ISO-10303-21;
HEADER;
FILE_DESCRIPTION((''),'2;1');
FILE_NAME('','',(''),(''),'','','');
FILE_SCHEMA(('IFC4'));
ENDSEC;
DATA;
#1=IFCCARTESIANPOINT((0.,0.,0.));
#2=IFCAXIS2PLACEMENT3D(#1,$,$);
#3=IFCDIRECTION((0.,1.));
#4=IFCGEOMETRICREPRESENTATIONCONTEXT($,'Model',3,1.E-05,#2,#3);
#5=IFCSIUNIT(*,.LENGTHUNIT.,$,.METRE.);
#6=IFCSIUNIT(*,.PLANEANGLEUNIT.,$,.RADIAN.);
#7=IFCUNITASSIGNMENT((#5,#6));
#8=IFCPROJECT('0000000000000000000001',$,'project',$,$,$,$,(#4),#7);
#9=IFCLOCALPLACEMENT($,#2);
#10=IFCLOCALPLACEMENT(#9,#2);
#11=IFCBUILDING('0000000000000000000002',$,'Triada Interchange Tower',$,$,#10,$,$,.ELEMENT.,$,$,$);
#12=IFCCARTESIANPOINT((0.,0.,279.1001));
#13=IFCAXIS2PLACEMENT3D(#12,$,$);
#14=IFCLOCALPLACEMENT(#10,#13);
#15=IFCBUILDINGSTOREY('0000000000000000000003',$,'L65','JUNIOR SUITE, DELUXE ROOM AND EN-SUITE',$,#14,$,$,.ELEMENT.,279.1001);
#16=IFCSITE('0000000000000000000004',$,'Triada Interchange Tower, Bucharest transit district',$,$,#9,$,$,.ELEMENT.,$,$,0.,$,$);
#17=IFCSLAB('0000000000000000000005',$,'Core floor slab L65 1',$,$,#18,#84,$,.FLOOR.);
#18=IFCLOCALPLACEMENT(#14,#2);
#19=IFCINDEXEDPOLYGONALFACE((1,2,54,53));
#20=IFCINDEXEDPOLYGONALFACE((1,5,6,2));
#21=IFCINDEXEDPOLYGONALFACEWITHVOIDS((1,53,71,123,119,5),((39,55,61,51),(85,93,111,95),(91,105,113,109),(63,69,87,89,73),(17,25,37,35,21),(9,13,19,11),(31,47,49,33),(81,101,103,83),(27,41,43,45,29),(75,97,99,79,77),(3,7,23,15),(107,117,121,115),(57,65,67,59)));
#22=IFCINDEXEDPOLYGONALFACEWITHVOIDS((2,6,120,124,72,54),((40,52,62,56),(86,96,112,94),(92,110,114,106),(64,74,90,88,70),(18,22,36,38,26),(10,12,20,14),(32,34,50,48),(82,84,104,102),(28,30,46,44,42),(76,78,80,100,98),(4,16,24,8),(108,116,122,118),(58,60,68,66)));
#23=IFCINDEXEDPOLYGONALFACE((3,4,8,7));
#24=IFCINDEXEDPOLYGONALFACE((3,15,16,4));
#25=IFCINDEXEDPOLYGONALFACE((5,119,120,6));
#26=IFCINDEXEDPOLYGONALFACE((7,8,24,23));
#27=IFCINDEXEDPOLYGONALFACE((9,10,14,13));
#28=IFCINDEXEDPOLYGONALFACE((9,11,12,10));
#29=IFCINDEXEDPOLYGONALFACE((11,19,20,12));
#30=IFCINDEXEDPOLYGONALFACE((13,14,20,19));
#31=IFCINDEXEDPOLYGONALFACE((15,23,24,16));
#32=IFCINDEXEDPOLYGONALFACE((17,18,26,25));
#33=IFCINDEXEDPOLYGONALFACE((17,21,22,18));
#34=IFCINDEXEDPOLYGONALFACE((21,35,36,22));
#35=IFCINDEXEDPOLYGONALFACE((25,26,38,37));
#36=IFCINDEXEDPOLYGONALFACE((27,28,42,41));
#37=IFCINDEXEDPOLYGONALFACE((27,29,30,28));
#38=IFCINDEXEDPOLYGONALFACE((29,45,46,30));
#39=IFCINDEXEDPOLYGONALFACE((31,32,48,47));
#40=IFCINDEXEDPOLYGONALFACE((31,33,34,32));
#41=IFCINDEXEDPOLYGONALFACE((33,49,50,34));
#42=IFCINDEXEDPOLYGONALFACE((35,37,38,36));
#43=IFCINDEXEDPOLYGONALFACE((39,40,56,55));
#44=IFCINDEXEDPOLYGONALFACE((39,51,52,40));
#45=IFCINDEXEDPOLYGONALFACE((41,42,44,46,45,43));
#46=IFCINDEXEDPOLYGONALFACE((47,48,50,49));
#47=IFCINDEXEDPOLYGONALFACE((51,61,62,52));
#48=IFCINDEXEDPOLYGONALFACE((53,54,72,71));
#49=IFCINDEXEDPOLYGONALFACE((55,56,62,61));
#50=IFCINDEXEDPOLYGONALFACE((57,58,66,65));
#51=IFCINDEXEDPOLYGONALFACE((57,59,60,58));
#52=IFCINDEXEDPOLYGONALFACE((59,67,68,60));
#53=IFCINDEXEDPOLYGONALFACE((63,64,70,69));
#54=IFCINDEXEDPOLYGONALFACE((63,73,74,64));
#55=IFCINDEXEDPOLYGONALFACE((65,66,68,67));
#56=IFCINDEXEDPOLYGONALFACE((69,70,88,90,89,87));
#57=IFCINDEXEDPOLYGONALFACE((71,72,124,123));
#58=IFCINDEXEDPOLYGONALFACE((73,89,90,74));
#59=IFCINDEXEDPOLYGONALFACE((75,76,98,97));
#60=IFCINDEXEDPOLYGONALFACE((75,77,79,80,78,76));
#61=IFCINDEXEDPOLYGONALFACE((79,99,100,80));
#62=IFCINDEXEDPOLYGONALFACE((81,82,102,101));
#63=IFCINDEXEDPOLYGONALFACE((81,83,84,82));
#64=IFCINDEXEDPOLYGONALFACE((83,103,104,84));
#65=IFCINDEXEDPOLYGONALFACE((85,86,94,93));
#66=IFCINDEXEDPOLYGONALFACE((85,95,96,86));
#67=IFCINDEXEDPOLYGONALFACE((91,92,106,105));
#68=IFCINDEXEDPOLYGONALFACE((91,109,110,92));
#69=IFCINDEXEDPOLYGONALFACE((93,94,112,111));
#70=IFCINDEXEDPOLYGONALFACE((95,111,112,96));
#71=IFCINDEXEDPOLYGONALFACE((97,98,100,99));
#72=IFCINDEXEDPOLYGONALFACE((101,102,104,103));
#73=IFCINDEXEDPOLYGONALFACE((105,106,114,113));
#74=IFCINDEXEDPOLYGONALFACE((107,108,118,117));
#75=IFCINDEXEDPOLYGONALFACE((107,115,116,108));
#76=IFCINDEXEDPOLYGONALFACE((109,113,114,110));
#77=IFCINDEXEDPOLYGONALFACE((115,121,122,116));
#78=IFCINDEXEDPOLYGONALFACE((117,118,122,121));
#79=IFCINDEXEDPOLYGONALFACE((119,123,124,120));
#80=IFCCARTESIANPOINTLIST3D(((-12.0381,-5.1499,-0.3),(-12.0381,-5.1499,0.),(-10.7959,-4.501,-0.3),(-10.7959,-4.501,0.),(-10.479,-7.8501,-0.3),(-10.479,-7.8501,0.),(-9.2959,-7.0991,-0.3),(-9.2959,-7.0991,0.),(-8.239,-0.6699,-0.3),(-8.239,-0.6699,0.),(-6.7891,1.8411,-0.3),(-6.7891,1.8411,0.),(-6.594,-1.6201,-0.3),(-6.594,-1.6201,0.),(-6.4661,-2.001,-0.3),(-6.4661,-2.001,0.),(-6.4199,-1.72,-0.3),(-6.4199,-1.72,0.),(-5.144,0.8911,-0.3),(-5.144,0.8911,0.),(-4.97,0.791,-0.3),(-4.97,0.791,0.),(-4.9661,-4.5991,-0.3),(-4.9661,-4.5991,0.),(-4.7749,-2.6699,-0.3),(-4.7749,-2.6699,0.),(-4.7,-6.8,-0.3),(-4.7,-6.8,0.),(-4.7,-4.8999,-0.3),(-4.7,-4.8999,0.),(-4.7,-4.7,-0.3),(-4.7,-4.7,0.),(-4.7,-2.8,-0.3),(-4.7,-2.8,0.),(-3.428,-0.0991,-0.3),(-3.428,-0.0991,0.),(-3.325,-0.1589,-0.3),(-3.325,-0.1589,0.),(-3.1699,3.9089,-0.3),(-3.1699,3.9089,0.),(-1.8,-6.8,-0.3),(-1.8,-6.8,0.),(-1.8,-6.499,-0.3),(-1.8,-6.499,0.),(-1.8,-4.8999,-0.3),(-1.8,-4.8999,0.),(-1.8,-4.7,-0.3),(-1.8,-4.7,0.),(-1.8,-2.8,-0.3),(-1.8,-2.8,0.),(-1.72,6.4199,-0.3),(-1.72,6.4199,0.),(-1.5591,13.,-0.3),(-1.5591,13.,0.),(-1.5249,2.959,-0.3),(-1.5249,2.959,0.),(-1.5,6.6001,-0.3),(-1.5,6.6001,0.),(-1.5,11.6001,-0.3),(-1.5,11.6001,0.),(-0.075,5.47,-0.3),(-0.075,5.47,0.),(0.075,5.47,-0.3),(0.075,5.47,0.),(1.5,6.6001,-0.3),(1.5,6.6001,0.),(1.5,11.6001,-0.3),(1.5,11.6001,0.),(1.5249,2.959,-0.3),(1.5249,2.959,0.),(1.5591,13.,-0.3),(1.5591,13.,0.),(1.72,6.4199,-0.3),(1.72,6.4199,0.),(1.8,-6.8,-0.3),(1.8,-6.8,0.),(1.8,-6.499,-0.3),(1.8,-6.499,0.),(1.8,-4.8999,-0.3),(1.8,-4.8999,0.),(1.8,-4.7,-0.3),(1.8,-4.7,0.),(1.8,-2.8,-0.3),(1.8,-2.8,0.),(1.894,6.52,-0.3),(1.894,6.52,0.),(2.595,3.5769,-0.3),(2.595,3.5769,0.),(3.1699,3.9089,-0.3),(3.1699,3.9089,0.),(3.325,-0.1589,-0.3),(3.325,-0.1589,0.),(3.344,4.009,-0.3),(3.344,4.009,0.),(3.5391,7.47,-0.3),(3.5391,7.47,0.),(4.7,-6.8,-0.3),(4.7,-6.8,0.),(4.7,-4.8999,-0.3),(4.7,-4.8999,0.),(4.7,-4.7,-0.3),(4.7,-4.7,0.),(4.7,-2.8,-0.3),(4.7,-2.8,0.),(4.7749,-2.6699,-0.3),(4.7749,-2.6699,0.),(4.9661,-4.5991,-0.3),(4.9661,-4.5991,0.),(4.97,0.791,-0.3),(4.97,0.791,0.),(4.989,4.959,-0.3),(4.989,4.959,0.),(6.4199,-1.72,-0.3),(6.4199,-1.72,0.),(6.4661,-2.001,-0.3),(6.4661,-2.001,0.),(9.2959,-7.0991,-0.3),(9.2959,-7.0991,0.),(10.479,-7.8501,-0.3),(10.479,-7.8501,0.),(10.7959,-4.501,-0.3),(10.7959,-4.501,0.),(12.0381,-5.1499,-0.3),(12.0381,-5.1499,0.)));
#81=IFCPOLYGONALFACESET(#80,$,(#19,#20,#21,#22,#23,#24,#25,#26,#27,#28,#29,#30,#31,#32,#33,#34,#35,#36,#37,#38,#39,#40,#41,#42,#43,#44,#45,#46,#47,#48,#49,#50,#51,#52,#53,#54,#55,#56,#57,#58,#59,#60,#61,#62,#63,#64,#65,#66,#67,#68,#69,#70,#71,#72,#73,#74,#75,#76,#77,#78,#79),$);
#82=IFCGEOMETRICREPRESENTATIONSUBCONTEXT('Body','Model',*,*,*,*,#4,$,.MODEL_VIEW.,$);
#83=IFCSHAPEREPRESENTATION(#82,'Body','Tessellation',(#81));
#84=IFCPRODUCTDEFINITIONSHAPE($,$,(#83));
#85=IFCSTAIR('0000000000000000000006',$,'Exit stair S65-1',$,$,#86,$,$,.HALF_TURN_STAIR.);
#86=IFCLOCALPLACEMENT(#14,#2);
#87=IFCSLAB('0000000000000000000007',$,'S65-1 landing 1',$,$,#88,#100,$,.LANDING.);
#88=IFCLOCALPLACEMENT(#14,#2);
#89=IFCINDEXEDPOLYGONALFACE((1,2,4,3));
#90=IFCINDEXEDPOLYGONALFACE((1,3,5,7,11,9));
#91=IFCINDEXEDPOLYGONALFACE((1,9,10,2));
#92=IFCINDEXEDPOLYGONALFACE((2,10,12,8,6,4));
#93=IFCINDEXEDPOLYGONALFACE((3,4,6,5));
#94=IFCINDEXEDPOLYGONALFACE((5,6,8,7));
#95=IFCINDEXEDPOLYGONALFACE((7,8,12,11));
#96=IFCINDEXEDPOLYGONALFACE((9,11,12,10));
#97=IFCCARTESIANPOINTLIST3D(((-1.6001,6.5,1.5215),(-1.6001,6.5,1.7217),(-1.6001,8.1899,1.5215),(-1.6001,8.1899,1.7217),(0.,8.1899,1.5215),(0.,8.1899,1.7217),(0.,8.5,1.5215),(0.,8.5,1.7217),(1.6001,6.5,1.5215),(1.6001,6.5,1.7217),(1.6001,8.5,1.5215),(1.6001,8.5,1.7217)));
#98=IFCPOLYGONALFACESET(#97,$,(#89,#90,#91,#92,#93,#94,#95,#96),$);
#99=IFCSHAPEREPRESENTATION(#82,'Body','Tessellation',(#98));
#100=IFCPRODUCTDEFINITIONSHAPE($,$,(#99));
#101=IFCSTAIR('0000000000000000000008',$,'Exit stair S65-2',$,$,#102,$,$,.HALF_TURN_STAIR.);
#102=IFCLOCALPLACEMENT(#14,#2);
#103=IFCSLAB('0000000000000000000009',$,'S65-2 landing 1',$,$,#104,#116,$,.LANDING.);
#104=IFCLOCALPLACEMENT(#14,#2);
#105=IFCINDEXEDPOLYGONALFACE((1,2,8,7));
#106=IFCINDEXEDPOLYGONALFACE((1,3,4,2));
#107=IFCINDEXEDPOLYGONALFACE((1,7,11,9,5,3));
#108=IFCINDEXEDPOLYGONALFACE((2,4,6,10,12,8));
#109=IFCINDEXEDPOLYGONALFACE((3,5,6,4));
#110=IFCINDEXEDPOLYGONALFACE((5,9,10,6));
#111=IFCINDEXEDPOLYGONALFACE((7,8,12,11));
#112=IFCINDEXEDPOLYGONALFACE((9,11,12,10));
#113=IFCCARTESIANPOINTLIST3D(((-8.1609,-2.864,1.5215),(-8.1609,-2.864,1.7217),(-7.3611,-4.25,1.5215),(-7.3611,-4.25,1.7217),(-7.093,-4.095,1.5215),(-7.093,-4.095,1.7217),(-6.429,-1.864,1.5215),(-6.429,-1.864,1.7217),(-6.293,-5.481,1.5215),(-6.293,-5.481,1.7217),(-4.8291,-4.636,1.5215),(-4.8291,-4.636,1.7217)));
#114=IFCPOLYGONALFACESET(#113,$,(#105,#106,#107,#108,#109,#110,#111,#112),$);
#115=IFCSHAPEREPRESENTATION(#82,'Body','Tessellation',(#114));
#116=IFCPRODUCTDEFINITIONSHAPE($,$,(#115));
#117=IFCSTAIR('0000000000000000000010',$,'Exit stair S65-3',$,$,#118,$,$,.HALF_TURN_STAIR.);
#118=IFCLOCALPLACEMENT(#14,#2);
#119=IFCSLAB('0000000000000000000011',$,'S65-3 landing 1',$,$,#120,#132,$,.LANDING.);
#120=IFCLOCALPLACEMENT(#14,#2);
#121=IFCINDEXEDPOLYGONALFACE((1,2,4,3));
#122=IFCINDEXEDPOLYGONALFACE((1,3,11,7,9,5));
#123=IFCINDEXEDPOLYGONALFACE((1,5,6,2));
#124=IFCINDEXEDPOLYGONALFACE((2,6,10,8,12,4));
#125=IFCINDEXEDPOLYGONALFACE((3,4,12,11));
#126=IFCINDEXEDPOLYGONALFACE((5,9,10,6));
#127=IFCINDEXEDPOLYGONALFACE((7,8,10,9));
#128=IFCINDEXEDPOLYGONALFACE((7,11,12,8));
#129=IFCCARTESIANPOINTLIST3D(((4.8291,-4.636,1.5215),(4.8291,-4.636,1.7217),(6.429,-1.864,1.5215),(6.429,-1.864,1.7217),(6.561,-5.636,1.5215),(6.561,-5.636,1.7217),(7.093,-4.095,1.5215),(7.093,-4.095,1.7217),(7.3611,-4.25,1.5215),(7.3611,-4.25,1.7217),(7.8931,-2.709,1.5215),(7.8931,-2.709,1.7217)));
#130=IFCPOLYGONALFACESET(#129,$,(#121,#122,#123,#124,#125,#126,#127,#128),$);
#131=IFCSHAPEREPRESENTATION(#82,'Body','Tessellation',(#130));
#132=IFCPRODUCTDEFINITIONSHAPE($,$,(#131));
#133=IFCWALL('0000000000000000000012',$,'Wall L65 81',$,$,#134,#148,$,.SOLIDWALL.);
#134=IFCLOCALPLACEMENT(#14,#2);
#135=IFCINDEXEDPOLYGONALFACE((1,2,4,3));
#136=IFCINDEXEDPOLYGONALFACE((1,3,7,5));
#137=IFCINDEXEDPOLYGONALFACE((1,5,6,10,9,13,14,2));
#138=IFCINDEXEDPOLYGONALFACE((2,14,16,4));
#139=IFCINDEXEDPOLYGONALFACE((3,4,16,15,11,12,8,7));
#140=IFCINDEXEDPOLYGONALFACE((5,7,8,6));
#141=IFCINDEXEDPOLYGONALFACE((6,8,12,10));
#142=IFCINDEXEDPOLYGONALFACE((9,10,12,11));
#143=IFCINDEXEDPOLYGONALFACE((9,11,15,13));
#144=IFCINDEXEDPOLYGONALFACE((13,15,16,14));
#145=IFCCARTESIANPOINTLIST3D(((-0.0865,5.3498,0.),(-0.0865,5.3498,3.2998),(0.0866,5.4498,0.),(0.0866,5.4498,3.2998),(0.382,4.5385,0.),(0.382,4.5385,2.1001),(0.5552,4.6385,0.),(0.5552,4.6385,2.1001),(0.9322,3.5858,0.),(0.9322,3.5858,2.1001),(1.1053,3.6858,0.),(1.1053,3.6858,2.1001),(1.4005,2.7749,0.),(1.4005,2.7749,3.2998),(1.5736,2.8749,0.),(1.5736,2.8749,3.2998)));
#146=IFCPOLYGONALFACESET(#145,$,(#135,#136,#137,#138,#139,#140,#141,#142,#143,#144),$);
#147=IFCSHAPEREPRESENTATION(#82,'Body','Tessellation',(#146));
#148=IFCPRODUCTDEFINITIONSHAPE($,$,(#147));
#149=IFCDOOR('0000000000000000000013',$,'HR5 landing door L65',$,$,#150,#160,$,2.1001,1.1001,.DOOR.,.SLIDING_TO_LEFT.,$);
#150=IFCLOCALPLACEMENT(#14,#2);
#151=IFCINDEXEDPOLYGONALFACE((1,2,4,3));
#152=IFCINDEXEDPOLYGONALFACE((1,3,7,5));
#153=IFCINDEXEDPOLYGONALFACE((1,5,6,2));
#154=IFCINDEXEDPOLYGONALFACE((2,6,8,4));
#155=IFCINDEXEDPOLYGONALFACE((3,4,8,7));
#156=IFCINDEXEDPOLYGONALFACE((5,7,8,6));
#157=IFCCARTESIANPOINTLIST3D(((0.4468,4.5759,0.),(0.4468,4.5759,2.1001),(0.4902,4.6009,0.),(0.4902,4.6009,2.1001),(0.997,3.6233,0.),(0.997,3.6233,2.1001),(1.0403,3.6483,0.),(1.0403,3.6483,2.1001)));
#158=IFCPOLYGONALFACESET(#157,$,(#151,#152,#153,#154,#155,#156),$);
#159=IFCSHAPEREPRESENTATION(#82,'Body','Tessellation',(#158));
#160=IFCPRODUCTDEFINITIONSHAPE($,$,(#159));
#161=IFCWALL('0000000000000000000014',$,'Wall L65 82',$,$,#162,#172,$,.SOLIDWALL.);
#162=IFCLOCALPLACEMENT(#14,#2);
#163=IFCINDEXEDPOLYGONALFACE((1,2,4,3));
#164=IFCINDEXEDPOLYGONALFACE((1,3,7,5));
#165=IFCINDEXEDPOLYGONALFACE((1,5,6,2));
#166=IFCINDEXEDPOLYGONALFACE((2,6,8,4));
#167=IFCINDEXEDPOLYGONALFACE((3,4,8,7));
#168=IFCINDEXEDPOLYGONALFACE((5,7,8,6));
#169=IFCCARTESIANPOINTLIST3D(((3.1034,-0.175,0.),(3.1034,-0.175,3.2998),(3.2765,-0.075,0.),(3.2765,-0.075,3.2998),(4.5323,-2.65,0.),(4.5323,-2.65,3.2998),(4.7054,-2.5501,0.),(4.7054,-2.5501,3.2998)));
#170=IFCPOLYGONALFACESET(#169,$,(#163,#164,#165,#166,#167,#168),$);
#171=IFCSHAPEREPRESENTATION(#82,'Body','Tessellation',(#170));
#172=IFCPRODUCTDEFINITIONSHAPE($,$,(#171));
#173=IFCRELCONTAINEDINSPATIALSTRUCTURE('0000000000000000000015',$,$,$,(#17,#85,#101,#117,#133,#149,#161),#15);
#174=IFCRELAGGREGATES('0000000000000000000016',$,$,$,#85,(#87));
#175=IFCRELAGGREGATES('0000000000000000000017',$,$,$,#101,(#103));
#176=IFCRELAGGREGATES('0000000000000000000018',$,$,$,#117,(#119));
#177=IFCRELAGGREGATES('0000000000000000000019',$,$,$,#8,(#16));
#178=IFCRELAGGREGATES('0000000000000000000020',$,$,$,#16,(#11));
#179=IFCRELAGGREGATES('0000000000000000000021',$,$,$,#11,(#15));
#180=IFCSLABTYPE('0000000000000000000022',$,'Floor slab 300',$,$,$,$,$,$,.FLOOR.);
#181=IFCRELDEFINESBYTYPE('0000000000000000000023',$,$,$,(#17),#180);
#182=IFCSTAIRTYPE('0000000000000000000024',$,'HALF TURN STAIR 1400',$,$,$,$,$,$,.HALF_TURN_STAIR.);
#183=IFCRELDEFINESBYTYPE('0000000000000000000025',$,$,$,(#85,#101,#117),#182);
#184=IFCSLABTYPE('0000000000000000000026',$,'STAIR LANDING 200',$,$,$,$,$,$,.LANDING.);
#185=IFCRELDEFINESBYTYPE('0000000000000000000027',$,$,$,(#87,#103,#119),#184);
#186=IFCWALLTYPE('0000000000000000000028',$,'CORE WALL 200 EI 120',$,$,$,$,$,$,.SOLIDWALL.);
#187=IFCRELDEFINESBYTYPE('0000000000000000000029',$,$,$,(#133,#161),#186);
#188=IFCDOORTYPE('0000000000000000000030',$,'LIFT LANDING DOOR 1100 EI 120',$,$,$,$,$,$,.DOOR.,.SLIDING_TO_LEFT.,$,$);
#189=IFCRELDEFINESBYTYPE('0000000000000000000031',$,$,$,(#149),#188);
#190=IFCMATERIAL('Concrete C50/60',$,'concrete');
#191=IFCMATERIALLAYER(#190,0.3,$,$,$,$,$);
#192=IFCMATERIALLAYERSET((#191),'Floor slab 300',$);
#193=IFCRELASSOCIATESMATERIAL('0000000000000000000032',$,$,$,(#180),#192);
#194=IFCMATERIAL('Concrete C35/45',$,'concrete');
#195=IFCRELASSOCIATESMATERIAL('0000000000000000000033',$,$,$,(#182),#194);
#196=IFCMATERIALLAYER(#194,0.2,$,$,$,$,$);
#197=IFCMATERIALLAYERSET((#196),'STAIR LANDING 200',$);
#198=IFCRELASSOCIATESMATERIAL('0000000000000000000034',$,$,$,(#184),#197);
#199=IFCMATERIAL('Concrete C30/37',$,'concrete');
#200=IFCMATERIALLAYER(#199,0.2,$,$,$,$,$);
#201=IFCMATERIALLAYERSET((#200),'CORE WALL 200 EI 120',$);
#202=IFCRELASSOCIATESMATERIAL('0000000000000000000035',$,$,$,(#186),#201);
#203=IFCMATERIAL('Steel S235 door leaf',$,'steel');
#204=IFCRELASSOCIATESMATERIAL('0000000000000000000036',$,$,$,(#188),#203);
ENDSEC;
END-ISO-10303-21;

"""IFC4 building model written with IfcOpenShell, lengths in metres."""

from ifc_helpers import new_model, si_unit, direction, frame, frame_2d, origin, place, context, subcontext, project, spatial, polyline, rectangle, outline, extrude, material, layer, layer_set, type_object, element, fill, aggregate, save


model = new_model("IFC4")

# Units and contexts
model_context = context("Model", 3, precision=1e-05, world=origin(), true_north=direction((0.0, 1.0)))
body_context = subcontext(model_context, "Body", "Model", "MODEL_VIEW")
ifc_project = project(units=[si_unit("LENGTHUNIT", "METRE"), si_unit("PLANEANGLEUNIT", "RADIAN")], contexts=[model_context])

# Site, building, storey
site_placement = place(None, origin())
site = spatial("IfcSite", under=ifc_project, at=site_placement, Name="Triada Interchange Tower, Bucharest transit district", CompositionType="ELEMENT", RefElevation=0.0)
building_placement = place(site_placement, origin())
building = spatial("IfcBuilding", under=site, at=building_placement, Name="Triada Interchange Tower", CompositionType="ELEMENT")
storey_placement = place(building_placement, frame((0.0, 0.0, 279.1001)))
storey = spatial("IfcBuildingStorey", under=building, at=storey_placement, Name="L65", Description="JUNIOR SUITE, DELUXE ROOM AND EN-SUITE", CompositionType="ELEMENT", Elevation=279.1001)

# Slab
ifc_material_1 = material(Name="Concrete C50/60", Category="concrete")
ifc_layer_1 = layer(ifc_material_1, 0.3)
ifc_layer_set_1 = layer_set([ifc_layer_1], Name="Floor slab 300")
slab_type_1 = type_object("IfcSlabType", Name="Floor slab 300", PredefinedType="FLOOR", material=ifc_layer_set_1)
slab_1_placement = place(storey_placement, frame((0.0, 0.0, -0.3)))
element("IfcSlab", 1, at=slab_1_placement, inside=storey, type_object=slab_type_1, Name="Core floor slab L65 1", PredefinedType="FLOOR", context=body_context, shape_type="SweptSolid", body=[
    extrude(outline(polyline([(12.0381, -5.1499), (10.479, -7.8501), (-10.479, -7.8501), (-12.0381, -5.1499), (-1.5591, 13.0), (1.5591, 13.0), (12.0381, -5.1499)]), holes=[polyline([(9.2959, -7.0991), (10.7959, -4.501), (6.4661, -2.001), (4.9661, -4.5991), (9.2959, -7.0991)]), polyline([(4.97, 0.791), (3.325, -0.1589), (4.7749, -2.6699), (6.4199, -1.72), (4.97, 0.791)]), polyline([(1.894, 6.52), (3.344, 4.009), (4.989, 4.959), (3.5391, 7.47), (1.894, 6.52)]), polyline([(1.8, -4.8999), (1.8, -6.499), (1.8, -6.8), (4.7, -6.8), (4.7, -4.8999), (1.8, -4.8999)]), polyline([(4.7, -2.8), (1.8, -2.8), (1.8, -4.7), (4.7, -4.7), (4.7, -2.8)]), polyline([(1.5249, 2.959), (2.595, 3.5769), (3.1699, 3.9089), (1.72, 6.4199), (0.075, 5.47), (1.5249, 2.959)]), polyline([(-1.5, 11.6001), (-1.5, 6.6001), (1.5, 6.6001), (1.5, 11.6001), (-1.5, 11.6001)]), polyline([(-1.5249, 2.959), (-0.075, 5.47), (-1.72, 6.4199), (-3.1699, 3.9089), (-1.5249, 2.959)]), polyline([(-1.8, -2.8), (-4.7, -2.8), (-4.7, -4.7), (-1.8, -4.7), (-1.8, -2.8)]), polyline([(-4.7, -6.8), (-1.8, -6.8), (-1.8, -6.499), (-1.8, -4.8999), (-4.7, -4.8999), (-4.7, -6.8)]), polyline([(-3.428, -0.0991), (-4.97, 0.791), (-6.4199, -1.72), (-4.7749, -2.6699), (-3.325, -0.1589), (-3.428, -0.0991)]), polyline([(-10.7959, -4.501), (-9.2959, -7.0991), (-4.9661, -4.5991), (-6.4661, -2.001), (-10.7959, -4.501)]), polyline([(-6.594, -1.6201), (-5.144, 0.8911), (-6.7891, 1.8411), (-8.239, -0.6699), (-6.594, -1.6201)])]), origin(), (0.0, 0.0, 1.0), 0.3),
])

# Stairs, slabs
ifc_material_2 = material(Name="Concrete C35/45", Category="concrete")
stair_type = type_object("IfcStairType", Name="HALF TURN STAIR 1400", PredefinedType="HALF_TURN_STAIR", material=ifc_material_2)
stair_1_placement = place(storey_placement, origin())
stair_1 = element("IfcStair", 2, at=stair_1_placement, inside=storey, type_object=stair_type, Name="Exit stair S65-1", PredefinedType="HALF_TURN_STAIR")
ifc_layer_2 = layer(ifc_material_2, 0.2)
ifc_layer_set_2 = layer_set([ifc_layer_2], Name="STAIR LANDING 200")
slab_type_2 = type_object("IfcSlabType", Name="STAIR LANDING 200", PredefinedType="LANDING", material=ifc_layer_set_2)
slab_2_placement = place(storey_placement, frame((0.0, 0.0, 1.5215)))
slab_2 = element("IfcSlab", 3, at=slab_2_placement, type_object=slab_type_2, Name="S65-1 landing 1", PredefinedType="LANDING", context=body_context, shape_type="SweptSolid", body=[
    extrude(outline(polyline([(1.6001, 6.5), (1.6001, 8.5), (0.0, 8.5), (0.0, 8.1899), (-1.6001, 8.1899), (-1.6001, 6.5), (1.6001, 6.5)])), origin(), (0.0, 0.0, 1.0), 0.2002),
])
aggregate(stair_1, [slab_2])
stair_2_placement = place(storey_placement, origin())
stair_2 = element("IfcStair", 4, at=stair_2_placement, inside=storey, type_object=stair_type, Name="Exit stair S65-2", PredefinedType="HALF_TURN_STAIR")
slab_3_placement = place(storey_placement, frame((0.0, 0.0, 1.5215)))
slab_3 = element("IfcSlab", 5, at=slab_3_placement, type_object=slab_type_2, Name="S65-2 landing 1", PredefinedType="LANDING", context=body_context, shape_type="SweptSolid", body=[
    extrude(outline(polyline([(-6.429, -1.864), (-8.1609, -2.864), (-7.3611, -4.25), (-7.093, -4.095), (-6.293, -5.481), (-4.8291, -4.636), (-6.429, -1.864)])), origin(), (0.0, 0.0, 1.0), 0.2002),
])
aggregate(stair_2, [slab_3])
stair_3_placement = place(storey_placement, origin())
stair_3 = element("IfcStair", 6, at=stair_3_placement, inside=storey, type_object=stair_type, Name="Exit stair S65-3", PredefinedType="HALF_TURN_STAIR")
slab_4_placement = place(storey_placement, frame((0.0, 0.0, 1.5215)))
slab_4 = element("IfcSlab", 7, at=slab_4_placement, type_object=slab_type_2, Name="S65-3 landing 1", PredefinedType="LANDING", context=body_context, shape_type="SweptSolid", body=[
    extrude(outline(polyline([(4.8291, -4.636), (6.561, -5.636), (7.3611, -4.25), (7.093, -4.095), (7.8931, -2.709), (6.429, -1.864), (4.8291, -4.636)])), origin(), (0.0, 0.0, 1.0), 0.2002),
])
aggregate(stair_3, [slab_4])

# Wall, opening, door
ifc_material_3 = material(Name="Concrete C30/37", Category="concrete")
ifc_layer_3 = layer(ifc_material_3, 0.2)
ifc_layer_set_3 = layer_set([ifc_layer_3], Name="CORE WALL 200 EI 120")
wall_type_1 = type_object("IfcWallType", Name="CORE WALL 200 EI 120", PredefinedType="SOLIDWALL", material=ifc_layer_set_3)
wall_1_placement = place(storey_placement, frame((0.0, 5.3999, 0.0), z_axis=(0.0, 0.0, 1.0), x_axis=(0.500104, -0.865965, 0.0)))
wall_1 = element("IfcWall", 8, at=wall_1_placement, inside=storey, type_object=wall_type_1, Name="Wall L65 81", PredefinedType="SOLIDWALL", context=body_context, shape_type="SweptSolid", body=[
    extrude(rectangle(XDim=2.9734, YDim=0.2, at=frame_2d((1.4868, 0.0))), origin(), (0.0, 0.0, 1.0), 3.2998),
])
opening_1_placement = place(wall_1_placement, frame((0.937, 0.0, 0.0)))
opening_1 = element("IfcOpeningElement", 9, at=opening_1_placement, cuts=wall_1, PredefinedType="OPENING", context=body_context, shape_type="SweptSolid", body=[
    extrude(rectangle(XDim=1.1001, YDim=2.1001, at=frame_2d((0.55, 1.05))), frame((0.0, 0.1099, 0.0), z_axis=(0.0, -1.0, 0.0), x_axis=(1.0, 0.0, 0.0)), (0.0, 0.0, 1.0), 0.22),
])
ifc_material_4 = material(Name="Steel S235 door leaf", Category="steel")
door_type_1 = type_object("IfcDoorType", Name="LIFT LANDING DOOR 1100 EI 120", OperationType="SLIDING_TO_LEFT", PredefinedType="DOOR", material=ifc_material_4)
door_1_placement = place(opening_1_placement, origin())
door_1 = element("IfcDoor", 10, at=door_1_placement, inside=storey, type_object=door_type_1, Name="HR5 landing door L65", OperationType="SLIDING_TO_LEFT", OverallHeight=2.1001, OverallWidth=1.1001, PredefinedType="DOOR", context=body_context, shape_type="SweptSolid", body=[
    extrude(rectangle(XDim=1.1001, YDim=2.1001, at=frame_2d((0.55, 1.05))), frame((0.0, 0.0249, 0.0), z_axis=(0.0, -1.0, 0.0), x_axis=(1.0, 0.0, 0.0)), (0.0, 0.0, 1.0), 0.05),
])
fill(opening_1, door_1)

# Wall
wall_2_placement = place(storey_placement, frame((3.1899, -0.125, 0.0), z_axis=(0.0, 0.0, 1.0), x_axis=(0.499989, -0.866032, 0.0)))
element("IfcWall", 11, at=wall_2_placement, inside=storey, type_object=wall_type_1, Name="Wall L65 82", PredefinedType="SOLIDWALL", context=body_context, shape_type="SweptSolid", body=[
    extrude(rectangle(XDim=2.8579, YDim=0.2, at=frame_2d((1.429, 0.0))), origin(), (0.0, 0.0, 1.0), 3.2998),
])

save(model, "model.ifc")
